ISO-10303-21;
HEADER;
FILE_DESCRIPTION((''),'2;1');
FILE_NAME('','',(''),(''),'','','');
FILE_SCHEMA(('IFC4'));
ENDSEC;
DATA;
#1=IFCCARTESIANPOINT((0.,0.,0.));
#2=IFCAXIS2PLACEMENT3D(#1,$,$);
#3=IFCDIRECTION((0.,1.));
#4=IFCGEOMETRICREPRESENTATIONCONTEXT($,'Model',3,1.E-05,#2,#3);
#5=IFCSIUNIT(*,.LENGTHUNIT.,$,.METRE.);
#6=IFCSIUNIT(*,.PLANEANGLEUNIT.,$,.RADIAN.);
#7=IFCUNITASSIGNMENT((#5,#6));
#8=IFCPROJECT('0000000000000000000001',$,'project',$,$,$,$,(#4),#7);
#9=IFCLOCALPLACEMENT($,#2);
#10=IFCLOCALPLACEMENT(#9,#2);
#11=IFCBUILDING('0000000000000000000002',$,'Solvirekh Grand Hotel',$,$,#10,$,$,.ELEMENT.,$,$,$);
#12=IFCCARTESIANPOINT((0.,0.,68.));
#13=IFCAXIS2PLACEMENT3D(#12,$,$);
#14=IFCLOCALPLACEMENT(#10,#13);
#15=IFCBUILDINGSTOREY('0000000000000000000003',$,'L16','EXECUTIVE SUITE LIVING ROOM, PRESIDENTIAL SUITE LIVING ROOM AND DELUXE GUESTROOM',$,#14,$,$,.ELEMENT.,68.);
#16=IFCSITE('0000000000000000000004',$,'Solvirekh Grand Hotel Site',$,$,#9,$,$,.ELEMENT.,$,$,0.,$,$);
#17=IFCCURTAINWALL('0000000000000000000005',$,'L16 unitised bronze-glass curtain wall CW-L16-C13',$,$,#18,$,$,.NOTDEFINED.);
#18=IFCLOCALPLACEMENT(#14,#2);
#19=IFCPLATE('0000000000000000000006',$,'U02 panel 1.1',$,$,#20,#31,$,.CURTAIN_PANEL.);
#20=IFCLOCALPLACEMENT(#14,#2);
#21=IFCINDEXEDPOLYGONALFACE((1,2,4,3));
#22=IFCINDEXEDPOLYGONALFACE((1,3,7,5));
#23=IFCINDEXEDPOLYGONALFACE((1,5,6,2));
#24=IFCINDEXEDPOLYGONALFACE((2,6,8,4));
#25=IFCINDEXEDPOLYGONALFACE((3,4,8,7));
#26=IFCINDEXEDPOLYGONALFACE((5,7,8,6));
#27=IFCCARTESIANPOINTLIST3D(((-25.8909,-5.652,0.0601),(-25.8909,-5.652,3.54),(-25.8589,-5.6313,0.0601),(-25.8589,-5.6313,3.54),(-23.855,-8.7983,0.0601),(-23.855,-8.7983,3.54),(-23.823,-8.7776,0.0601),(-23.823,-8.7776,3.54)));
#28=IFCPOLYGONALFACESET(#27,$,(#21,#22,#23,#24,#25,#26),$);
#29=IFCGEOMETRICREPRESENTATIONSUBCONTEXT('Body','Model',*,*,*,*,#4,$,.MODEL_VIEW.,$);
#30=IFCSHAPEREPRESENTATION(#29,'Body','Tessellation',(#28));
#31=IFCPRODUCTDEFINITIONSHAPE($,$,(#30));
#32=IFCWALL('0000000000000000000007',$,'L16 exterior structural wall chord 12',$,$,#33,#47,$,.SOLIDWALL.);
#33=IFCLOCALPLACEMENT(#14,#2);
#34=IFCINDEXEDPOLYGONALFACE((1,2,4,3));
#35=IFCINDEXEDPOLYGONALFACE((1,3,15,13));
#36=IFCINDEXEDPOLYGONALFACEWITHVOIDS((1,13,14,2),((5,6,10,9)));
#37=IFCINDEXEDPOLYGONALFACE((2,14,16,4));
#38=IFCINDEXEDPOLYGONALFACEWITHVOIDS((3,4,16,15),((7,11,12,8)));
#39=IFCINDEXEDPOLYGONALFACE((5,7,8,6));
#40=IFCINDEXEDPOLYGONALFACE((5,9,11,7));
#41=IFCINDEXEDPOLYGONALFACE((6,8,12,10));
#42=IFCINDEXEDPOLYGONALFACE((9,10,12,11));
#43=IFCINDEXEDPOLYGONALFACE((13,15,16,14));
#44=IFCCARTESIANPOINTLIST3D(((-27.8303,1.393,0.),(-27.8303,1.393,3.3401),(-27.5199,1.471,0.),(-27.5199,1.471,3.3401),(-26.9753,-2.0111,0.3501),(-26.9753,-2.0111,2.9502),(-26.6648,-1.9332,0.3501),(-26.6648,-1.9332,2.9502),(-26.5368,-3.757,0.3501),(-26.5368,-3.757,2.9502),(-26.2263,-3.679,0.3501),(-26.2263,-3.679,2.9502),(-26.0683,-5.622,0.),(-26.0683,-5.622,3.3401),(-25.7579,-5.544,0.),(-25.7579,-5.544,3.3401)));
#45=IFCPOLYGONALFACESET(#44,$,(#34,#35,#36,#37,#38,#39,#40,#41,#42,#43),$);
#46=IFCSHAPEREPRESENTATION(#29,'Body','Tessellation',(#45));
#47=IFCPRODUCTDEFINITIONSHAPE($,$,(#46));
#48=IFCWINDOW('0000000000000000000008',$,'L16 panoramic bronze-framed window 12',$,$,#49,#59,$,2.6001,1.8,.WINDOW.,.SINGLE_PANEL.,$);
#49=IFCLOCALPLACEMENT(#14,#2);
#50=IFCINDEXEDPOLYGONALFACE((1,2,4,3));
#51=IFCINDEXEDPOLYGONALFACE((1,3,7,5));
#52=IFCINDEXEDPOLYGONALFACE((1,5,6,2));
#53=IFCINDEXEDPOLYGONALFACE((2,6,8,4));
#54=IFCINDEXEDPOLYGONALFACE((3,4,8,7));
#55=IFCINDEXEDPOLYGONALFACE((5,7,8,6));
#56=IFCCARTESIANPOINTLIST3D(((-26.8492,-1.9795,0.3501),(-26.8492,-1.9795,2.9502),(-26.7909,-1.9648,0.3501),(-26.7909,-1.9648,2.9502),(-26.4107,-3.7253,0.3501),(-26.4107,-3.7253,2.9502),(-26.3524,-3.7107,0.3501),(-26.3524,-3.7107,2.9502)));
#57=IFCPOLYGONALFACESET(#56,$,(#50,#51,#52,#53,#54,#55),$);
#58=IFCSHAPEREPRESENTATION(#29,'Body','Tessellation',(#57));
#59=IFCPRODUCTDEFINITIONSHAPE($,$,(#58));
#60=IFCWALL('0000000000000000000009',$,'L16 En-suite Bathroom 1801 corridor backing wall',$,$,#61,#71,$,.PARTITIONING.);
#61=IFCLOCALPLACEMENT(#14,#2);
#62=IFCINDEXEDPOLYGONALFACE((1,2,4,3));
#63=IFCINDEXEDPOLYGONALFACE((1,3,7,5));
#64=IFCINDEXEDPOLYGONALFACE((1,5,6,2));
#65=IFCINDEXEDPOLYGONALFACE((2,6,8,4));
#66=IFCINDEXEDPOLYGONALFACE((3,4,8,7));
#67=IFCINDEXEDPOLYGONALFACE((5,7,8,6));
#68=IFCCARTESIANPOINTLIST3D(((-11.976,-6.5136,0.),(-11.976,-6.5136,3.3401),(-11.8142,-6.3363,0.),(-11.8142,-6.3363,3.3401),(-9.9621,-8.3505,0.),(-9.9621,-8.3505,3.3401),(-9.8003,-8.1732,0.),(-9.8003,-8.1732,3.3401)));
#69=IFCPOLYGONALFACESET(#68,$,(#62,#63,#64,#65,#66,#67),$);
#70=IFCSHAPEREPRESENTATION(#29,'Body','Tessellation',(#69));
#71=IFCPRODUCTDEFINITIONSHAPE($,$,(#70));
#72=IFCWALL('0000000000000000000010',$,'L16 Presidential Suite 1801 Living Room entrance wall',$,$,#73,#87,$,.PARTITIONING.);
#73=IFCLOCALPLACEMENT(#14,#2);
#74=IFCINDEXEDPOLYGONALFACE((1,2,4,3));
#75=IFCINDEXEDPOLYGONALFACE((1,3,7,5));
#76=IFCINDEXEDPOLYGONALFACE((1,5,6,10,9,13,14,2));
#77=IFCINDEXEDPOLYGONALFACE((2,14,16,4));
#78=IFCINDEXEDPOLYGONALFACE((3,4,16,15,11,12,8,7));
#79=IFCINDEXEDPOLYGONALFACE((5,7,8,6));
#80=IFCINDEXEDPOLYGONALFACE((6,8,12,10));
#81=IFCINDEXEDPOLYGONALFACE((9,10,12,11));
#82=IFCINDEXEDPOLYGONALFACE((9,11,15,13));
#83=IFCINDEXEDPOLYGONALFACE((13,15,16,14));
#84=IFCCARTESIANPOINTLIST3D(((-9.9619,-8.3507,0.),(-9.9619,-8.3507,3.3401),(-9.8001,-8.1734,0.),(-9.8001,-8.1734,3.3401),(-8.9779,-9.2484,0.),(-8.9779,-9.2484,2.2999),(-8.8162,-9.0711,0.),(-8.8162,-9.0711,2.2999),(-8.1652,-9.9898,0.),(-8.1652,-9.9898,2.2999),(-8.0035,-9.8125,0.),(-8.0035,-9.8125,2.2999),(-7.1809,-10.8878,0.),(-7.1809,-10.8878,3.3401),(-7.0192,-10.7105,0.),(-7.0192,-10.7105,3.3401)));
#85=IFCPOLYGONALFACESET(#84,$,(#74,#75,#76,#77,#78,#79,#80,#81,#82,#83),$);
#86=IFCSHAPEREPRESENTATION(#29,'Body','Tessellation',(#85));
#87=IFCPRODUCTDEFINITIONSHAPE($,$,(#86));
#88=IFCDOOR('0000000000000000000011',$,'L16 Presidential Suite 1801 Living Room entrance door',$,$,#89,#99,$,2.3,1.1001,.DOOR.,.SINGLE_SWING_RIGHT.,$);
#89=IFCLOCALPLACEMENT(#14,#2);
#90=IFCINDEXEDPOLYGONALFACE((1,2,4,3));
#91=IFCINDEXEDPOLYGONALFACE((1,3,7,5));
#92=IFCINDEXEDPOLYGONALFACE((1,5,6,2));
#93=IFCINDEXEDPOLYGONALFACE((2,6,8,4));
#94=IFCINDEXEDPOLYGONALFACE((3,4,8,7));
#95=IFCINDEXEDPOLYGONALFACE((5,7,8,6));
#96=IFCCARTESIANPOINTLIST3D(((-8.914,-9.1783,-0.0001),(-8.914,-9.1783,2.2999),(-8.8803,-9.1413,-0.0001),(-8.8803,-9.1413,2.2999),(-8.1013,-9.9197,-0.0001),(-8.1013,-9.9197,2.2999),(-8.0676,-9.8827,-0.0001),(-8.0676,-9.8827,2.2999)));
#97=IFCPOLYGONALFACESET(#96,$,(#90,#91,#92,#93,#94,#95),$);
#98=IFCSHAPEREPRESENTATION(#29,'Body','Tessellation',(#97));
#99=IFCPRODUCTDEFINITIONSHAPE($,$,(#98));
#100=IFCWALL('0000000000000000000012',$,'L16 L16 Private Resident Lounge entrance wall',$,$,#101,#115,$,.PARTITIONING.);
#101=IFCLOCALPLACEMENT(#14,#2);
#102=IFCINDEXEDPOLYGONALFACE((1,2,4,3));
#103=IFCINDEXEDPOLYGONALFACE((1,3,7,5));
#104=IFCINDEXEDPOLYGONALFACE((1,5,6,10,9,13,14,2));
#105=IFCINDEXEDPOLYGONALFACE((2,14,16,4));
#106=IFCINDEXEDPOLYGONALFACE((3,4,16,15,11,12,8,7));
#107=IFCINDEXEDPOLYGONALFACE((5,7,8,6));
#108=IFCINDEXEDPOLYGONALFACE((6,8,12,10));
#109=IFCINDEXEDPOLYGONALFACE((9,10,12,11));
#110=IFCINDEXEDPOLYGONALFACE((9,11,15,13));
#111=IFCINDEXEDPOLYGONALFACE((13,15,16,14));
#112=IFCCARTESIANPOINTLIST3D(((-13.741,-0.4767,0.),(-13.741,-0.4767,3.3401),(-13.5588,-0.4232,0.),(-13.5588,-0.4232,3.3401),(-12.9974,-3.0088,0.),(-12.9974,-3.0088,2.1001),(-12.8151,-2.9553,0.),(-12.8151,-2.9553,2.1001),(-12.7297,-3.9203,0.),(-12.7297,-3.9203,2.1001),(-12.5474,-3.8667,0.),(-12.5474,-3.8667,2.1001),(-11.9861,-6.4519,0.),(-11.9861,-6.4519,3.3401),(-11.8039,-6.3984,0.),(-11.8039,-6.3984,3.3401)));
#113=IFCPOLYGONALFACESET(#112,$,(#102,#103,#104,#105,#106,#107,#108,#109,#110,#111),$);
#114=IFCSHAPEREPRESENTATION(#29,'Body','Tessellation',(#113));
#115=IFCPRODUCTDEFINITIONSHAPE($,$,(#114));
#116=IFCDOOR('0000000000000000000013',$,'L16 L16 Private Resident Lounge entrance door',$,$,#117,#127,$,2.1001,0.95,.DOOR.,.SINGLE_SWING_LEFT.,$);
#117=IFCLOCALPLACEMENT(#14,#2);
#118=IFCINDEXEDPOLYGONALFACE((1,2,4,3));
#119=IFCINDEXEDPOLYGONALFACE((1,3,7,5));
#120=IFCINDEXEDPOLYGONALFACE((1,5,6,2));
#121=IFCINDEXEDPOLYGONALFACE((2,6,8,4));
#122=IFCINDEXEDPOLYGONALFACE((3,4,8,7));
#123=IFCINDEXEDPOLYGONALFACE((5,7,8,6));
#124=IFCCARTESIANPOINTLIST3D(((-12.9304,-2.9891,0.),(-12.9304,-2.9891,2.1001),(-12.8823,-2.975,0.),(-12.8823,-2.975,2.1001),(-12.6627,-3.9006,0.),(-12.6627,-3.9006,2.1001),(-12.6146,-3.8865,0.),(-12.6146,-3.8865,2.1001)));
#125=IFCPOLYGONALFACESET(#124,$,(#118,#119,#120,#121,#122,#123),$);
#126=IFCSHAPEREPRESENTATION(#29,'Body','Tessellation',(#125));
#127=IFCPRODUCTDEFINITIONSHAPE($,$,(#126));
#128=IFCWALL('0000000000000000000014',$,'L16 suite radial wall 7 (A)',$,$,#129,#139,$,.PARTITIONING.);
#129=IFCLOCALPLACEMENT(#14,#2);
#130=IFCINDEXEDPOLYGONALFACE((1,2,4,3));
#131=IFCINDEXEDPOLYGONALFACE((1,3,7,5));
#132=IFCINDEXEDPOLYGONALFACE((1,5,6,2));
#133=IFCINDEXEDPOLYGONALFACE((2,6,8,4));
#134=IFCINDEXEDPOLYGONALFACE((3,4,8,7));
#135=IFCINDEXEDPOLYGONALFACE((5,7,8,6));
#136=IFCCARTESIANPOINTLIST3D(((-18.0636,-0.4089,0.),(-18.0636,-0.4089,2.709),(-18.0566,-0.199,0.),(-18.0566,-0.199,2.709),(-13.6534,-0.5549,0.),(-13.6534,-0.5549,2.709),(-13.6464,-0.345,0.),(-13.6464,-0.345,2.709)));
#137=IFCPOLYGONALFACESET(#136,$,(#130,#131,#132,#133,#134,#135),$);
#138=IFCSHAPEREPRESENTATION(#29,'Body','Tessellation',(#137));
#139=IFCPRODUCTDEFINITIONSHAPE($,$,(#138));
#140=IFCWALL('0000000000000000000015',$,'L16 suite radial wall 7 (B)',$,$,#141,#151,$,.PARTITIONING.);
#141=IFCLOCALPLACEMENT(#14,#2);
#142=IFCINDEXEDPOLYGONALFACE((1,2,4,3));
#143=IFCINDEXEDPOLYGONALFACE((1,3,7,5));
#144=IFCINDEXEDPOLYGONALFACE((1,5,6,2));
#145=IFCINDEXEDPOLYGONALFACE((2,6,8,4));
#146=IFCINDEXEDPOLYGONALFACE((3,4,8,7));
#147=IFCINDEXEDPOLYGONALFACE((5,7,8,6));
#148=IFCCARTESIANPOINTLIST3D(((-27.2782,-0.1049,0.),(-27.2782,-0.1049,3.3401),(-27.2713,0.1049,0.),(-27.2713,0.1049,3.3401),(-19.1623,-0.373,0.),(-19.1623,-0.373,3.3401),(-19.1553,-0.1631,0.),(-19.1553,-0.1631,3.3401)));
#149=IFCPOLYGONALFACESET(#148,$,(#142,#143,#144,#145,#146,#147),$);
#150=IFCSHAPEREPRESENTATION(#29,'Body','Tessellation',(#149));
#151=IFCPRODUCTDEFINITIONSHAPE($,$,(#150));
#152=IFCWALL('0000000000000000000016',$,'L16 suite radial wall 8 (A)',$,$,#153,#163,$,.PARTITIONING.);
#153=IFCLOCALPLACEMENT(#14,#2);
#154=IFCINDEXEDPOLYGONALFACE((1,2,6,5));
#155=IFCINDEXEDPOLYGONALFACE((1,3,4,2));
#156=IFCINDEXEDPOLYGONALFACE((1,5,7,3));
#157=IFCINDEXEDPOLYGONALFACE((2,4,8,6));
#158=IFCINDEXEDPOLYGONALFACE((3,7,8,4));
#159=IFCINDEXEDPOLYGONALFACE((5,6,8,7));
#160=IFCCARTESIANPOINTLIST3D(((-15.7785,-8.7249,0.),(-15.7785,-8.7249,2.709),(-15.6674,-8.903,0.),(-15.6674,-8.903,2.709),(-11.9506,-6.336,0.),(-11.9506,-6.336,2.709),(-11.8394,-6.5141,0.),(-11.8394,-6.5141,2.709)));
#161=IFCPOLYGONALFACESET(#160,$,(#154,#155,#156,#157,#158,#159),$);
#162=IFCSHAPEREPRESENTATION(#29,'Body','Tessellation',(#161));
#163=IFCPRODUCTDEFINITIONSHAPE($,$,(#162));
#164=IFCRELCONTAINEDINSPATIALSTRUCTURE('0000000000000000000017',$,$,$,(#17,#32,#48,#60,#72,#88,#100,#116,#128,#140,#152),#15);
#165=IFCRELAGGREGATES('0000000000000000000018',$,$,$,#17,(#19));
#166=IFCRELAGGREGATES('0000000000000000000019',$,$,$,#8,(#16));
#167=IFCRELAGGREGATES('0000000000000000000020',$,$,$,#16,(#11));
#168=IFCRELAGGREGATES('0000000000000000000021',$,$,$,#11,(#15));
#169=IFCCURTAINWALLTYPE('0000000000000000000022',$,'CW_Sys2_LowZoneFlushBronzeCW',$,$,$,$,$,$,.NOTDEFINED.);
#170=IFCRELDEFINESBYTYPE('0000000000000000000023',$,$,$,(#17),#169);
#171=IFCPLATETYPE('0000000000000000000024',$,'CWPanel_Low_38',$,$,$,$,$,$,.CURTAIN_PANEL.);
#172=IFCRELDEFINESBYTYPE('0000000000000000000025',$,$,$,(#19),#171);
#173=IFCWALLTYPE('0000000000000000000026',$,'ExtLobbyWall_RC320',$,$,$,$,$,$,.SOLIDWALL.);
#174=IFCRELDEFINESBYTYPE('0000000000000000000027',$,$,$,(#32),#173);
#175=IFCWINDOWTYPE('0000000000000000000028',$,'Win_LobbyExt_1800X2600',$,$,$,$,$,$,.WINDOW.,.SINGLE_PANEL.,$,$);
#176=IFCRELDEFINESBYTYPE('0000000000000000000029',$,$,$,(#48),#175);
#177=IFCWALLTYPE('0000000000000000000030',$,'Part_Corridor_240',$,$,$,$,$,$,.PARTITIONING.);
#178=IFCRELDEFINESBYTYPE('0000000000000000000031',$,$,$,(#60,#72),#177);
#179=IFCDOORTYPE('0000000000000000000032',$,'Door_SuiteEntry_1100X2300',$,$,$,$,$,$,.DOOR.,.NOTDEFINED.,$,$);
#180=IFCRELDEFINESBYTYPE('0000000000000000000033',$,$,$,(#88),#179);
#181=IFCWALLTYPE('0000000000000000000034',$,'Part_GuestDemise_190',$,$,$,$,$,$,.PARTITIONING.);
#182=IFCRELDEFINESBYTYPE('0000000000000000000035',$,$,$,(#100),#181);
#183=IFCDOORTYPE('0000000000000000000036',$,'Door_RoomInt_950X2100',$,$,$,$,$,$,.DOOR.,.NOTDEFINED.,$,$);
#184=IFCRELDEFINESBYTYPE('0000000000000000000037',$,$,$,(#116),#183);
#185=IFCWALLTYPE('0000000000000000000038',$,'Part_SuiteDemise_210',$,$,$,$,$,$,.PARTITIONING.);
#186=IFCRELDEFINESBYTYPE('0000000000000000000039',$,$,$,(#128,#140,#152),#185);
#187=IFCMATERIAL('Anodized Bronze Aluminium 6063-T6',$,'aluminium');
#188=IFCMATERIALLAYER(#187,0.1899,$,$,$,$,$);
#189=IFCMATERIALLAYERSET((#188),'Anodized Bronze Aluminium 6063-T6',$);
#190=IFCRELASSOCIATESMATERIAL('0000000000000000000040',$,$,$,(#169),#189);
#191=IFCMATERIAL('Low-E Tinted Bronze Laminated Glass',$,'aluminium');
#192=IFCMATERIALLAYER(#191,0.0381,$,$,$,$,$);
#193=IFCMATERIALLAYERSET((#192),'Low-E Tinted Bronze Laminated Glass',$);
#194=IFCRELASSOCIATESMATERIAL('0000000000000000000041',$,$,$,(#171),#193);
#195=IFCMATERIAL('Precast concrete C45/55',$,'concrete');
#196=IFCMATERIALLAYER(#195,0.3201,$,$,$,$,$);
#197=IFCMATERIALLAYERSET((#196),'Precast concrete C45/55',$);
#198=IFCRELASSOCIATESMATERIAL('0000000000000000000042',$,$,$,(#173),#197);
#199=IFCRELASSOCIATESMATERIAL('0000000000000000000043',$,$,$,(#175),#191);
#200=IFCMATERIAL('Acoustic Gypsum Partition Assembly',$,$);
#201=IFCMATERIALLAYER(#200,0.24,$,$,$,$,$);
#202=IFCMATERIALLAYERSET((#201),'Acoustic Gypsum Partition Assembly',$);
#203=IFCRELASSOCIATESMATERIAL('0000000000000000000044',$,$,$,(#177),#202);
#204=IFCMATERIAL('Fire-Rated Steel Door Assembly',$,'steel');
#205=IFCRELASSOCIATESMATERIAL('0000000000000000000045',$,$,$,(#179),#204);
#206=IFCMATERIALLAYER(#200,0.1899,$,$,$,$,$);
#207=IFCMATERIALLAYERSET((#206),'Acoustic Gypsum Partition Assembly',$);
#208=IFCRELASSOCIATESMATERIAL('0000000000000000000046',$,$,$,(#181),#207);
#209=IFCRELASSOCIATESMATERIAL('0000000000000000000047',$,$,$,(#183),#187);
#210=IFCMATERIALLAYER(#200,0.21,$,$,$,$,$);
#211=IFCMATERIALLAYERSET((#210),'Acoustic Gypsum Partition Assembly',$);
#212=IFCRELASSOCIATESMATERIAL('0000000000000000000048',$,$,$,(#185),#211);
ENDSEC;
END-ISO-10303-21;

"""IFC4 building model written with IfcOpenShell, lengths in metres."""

from ifc_helpers import new_model, si_unit, direction, frame, frame_2d, origin, origin_2d, place, context, subcontext, project, spatial, rectangle, extrude, source, transform, mapped, material, layer, layer_set, type_object, element, fill, aggregate, save


model = new_model("IFC4")

# Units and contexts
model_context = context("Model", 3, precision=1e-05, world=origin(), true_north=direction((0.0, 1.0)))
body_context = subcontext(model_context, "Body", "Model", "MODEL_VIEW")
ifc_project = project(units=[si_unit("LENGTHUNIT", "METRE"), si_unit("PLANEANGLEUNIT", "RADIAN")], contexts=[model_context])

# Site, building, storey
site_placement = place(None, origin())
site = spatial("IfcSite", under=ifc_project, at=site_placement, Name="Solvirekh Grand Hotel Site", CompositionType="ELEMENT", RefElevation=0.0)
building_placement = place(site_placement, origin())
building = spatial("IfcBuilding", under=site, at=building_placement, Name="Solvirekh Grand Hotel", CompositionType="ELEMENT")
storey_placement = place(building_placement, frame((0.0, 0.0, 68.0)))
storey = spatial("IfcBuildingStorey", under=building, at=storey_placement, Name="L16", Description="EXECUTIVE SUITE LIVING ROOM, PRESIDENTIAL SUITE LIVING ROOM AND DELUXE GUESTROOM", CompositionType="ELEMENT", Elevation=68.0)

# Curtain wall, plate
ifc_material_1 = material(Name="Anodized Bronze Aluminium 6063-T6", Category="aluminium")
ifc_layer_1 = layer(ifc_material_1, 0.1899)
ifc_layer_set_1 = layer_set([ifc_layer_1], Name="Anodized Bronze Aluminium 6063-T6")
curtain_wall_type = type_object("IfcCurtainWallType", Name="CW_Sys2_LowZoneFlushBronzeCW", PredefinedType="NOTDEFINED", material=ifc_layer_set_1)
curtain_wall_placement = place(storey_placement, origin())
curtain_wall = element("IfcCurtainWall", 1, at=curtain_wall_placement, inside=storey, type_object=curtain_wall_type, Name="L16 unitised bronze-glass curtain wall CW-L16-C13", PredefinedType="NOTDEFINED")
ifc_material_2 = material(Name="Low-E Tinted Bronze Laminated Glass", Category="aluminium")
ifc_layer_2 = layer(ifc_material_2, 0.0381)
ifc_layer_set_2 = layer_set([ifc_layer_2], Name="Low-E Tinted Bronze Laminated Glass")
plate_type = type_object("IfcPlateType", Name="CWPanel_Low_38", PredefinedType="CURTAIN_PANEL", material=ifc_layer_set_2)
shared_shape_1 = source(origin(), body_context, "Body", "SweptSolid", [
    extrude(rectangle(XDim=3.7476, YDim=0.0381, at=origin_2d()), origin(), (0.0, 0.0, 1.0), 3.48),
])
plate_placement = place(storey_placement, frame((-24.8569, -7.2148, 0.0601), z_axis=(0.0, 0.0, 1.0), x_axis=(0.543267, -0.83956, 0.0)))
plate = element("IfcPlate", 2, at=plate_placement, type_object=plate_type, Name="U02 panel 1.1", PredefinedType="CURTAIN_PANEL", context=body_context, shape_type="MappedRepresentation", body=[
    mapped(shared_shape_1, transform((0.0, 0.0, 0.0), x_axis=(1.0, 0.0, 0.0), y_axis=(0.0, 1.0, 0.0), z_axis=(0.0, 0.0, 1.0), scale=1.0)),
])
aggregate(curtain_wall, [plate])

# Wall, opening, window
ifc_material_3 = material(Name="Precast concrete C45/55", Category="concrete")
ifc_layer_3 = layer(ifc_material_3, 0.3201)
ifc_layer_set_3 = layer_set([ifc_layer_3], Name="Precast concrete C45/55")
wall_type_1 = type_object("IfcWallType", Name="ExtLobbyWall_RC320", PredefinedType="SOLIDWALL", material=ifc_layer_set_3)
wall_1_placement = place(storey_placement, frame((-25.9131, -5.583, 0.0), z_axis=(0.0, 0.0, 1.0), x_axis=(-0.243608, 0.969874, 0.0)))
wall_1 = element("IfcWall", 3, at=wall_1_placement, inside=storey, type_object=wall_type_1, Name="L16 exterior structural wall chord 12", PredefinedType="SOLIDWALL", context=body_context, shape_type="SweptSolid", body=[
    extrude(rectangle(XDim=7.2329, YDim=0.3201, at=frame_2d((3.6165, 0.0))), origin(), (0.0, 0.0, 1.0), 3.3401),
])
opening_1_placement = place(wall_1_placement, frame((1.9231, 0.0, 0.3501)))
opening_1 = element("IfcOpeningElement", 4, at=opening_1_placement, cuts=wall_1, PredefinedType="OPENING", context=body_context, shape_type="SweptSolid", body=[
    extrude(rectangle(XDim=1.8, YDim=2.6001, at=frame_2d((0.8999, 1.3))), frame((0.0, 0.1699, 0.0), z_axis=(0.0, -1.0, 0.0), x_axis=(1.0, 0.0, 0.0)), (0.0, 0.0, 1.0), 0.3401),
])
window_type = type_object("IfcWindowType", Name="Win_LobbyExt_1800X2600", PartitioningType="SINGLE_PANEL", PredefinedType="WINDOW", material=ifc_material_2)
window_placement = place(opening_1_placement, origin())
window = element("IfcWindow", 5, at=window_placement, inside=storey, type_object=window_type, Name="L16 panoramic bronze-framed window 12", OverallHeight=2.6001, OverallWidth=1.8, PartitioningType="SINGLE_PANEL", PredefinedType="WINDOW", context=body_context, shape_type="SweptSolid", body=[
    extrude(rectangle(XDim=1.8, YDim=2.6001, at=frame_2d((0.8999, 1.3))), frame((0.0, 0.03, 0.0), z_axis=(0.0, -1.0, 0.0), x_axis=(1.0, 0.0, 0.0)), (0.0, 0.0, 1.0), 0.0601),
])
fill(opening_1, window)

# Wall
ifc_material_4 = material(Name="Acoustic Gypsum Partition Assembly")
ifc_layer_4 = layer(ifc_material_4, 0.24)
ifc_layer_set_4 = layer_set([ifc_layer_4], Name="Acoustic Gypsum Partition Assembly")
wall_type_2 = type_object("IfcWallType", Name="Part_Corridor_240", PredefinedType="PARTITIONING", material=ifc_layer_set_4)
wall_2_placement = place(storey_placement, frame((-11.895, -6.425, 0.0), z_axis=(0.0, 0.0, 1.0), x_axis=(0.738829, -0.673893, 0.0)))
element("IfcWall", 6, at=wall_2_placement, inside=storey, type_object=wall_type_2, Name="L16 En-suite Bathroom 1801 corridor backing wall", PredefinedType="PARTITIONING", context=body_context, shape_type="SweptSolid", body=[
    extrude(rectangle(XDim=2.7258, YDim=0.24, at=frame_2d((1.3628, 0.0))), origin(), (0.0, 0.0, 1.0), 3.3401),
])

# Walls, openings, doors
wall_3_placement = place(storey_placement, frame((-9.8811, -8.262, 0.0), z_axis=(0.0, 0.0, 1.0), x_axis=(0.738759, -0.673969, 0.0)))
wall_3 = element("IfcWall", 7, at=wall_3_placement, inside=storey, type_object=wall_type_2, Name="L16 Presidential Suite 1801 Living Room entrance wall", PredefinedType="PARTITIONING", context=body_context, shape_type="SweptSolid", body=[
    extrude(rectangle(XDim=3.7644, YDim=0.24, at=frame_2d((1.8823, 0.0))), origin(), (0.0, 0.0, 1.0), 3.3401),
])
opening_2_placement = place(wall_3_placement, frame((1.332, 0.0, 0.0)))
opening_2 = element("IfcOpeningElement", 8, at=opening_2_placement, cuts=wall_3, PredefinedType="OPENING", context=body_context, shape_type="SweptSolid", body=[
    extrude(rectangle(XDim=1.1001, YDim=2.3, at=frame_2d((0.55, 1.1499))), frame((0.0, 0.1299, 0.0), z_axis=(0.0, -1.0, 0.0), x_axis=(1.0, 0.0, 0.0)), (0.0, 0.0, 1.0), 0.26),
])
ifc_material_5 = material(Name="Fire-Rated Steel Door Assembly", Category="steel")
door_type_1 = type_object("IfcDoorType", Name="Door_SuiteEntry_1100X2300", OperationType="NOTDEFINED", PredefinedType="DOOR", material=ifc_material_5)
door_1_placement = place(opening_2_placement, origin())
door_1 = element("IfcDoor", 9, at=door_1_placement, inside=storey, type_object=door_type_1, Name="L16 Presidential Suite 1801 Living Room entrance door", OperationType="SINGLE_SWING_RIGHT", OverallHeight=2.3, OverallWidth=1.1001, PredefinedType="DOOR", context=body_context, shape_type="SweptSolid", body=[
    extrude(rectangle(XDim=1.1001, YDim=2.3, at=frame_2d((0.55, 1.1499))), frame((0.0, 0.0249, 0.0), z_axis=(0.0, -1.0, 0.0), x_axis=(1.0, 0.0, 0.0)), (0.0, 0.0, 1.0), 0.05),
])
fill(opening_2, door_1)
ifc_layer_5 = layer(ifc_material_4, 0.1899)
ifc_layer_set_5 = layer_set([ifc_layer_5], Name="Acoustic Gypsum Partition Assembly")
wall_type_3 = type_object("IfcWallType", Name="Part_GuestDemise_190", PredefinedType="PARTITIONING", material=ifc_layer_set_5)
wall_4_placement = place(storey_placement, frame((-13.6499, -0.45, 0.0), z_axis=(0.0, 0.0, 1.0), x_axis=(0.281797, -0.959474, 0.0)))
wall_4 = element("IfcWall", 10, at=wall_4_placement, inside=storey, type_object=wall_type_3, Name="L16 L16 Private Resident Lounge entrance wall", PredefinedType="PARTITIONING", context=body_context, shape_type="SweptSolid", body=[
    extrude(rectangle(XDim=6.2275, YDim=0.1899, at=frame_2d((3.1138, 0.0))), origin(), (0.0, 0.0, 1.0), 3.3401),
])
opening_3_placement = place(wall_4_placement, frame((2.6389, 0.0, 0.0)))
opening_3 = element("IfcOpeningElement", 11, at=opening_3_placement, cuts=wall_4, PredefinedType="OPENING", context=body_context, shape_type="SweptSolid", body=[
    extrude(rectangle(XDim=0.95, YDim=2.1001, at=frame_2d((0.4751, 1.05))), frame((0.0, 0.105, 0.0), z_axis=(0.0, -1.0, 0.0), x_axis=(1.0, 0.0, 0.0)), (0.0, 0.0, 1.0), 0.21),
])
door_type_2 = type_object("IfcDoorType", Name="Door_RoomInt_950X2100", OperationType="NOTDEFINED", PredefinedType="DOOR", material=ifc_material_1)
door_2_placement = place(opening_3_placement, origin())
door_2 = element("IfcDoor", 12, at=door_2_placement, inside=storey, type_object=door_type_2, Name="L16 L16 Private Resident Lounge entrance door", OperationType="SINGLE_SWING_LEFT", OverallHeight=2.1001, OverallWidth=0.95, PredefinedType="DOOR", context=body_context, shape_type="SweptSolid", body=[
    extrude(rectangle(XDim=0.95, YDim=2.1001, at=frame_2d((0.4751, 1.05))), frame((0.0, 0.0249, 0.0), z_axis=(0.0, -1.0, 0.0), x_axis=(1.0, 0.0, 0.0)), (0.0, 0.0, 1.0), 0.05),
])
fill(opening_3, door_2)

# Walls
ifc_layer_6 = layer(ifc_material_4, 0.21)
ifc_layer_set_6 = layer_set([ifc_layer_6], Name="Acoustic Gypsum Partition Assembly")
wall_type_4 = type_object("IfcWallType", Name="Part_SuiteDemise_210", PredefinedType="PARTITIONING", material=ifc_layer_set_6)
wall_5_placement = place(storey_placement, frame((-13.6499, -0.45, 0.0), z_axis=(0.0, 0.0, 1.0), x_axis=(-0.999452, 0.033086, 0.0)))
element("IfcWall", 13, at=wall_5_placement, inside=storey, type_object=wall_type_4, Name="L16 suite radial wall 7 (A)", PredefinedType="PARTITIONING", context=body_context, shape_type="SweptSolid", body=[
    extrude(rectangle(XDim=4.4126, YDim=0.21, at=frame_2d((2.2063, 0.0))), origin(), (0.0, 0.0, 1.0), 2.709),
])
wall_6_placement = place(storey_placement, frame((-19.1589, -0.2681, 0.0), z_axis=(0.0, 0.0, 1.0), x_axis=(-0.999455, 0.033012, 0.0)))
element("IfcWall", 14, at=wall_6_placement, inside=storey, type_object=wall_type_4, Name="L16 suite radial wall 7 (B)", PredefinedType="PARTITIONING", context=body_context, shape_type="SweptSolid", body=[
    extrude(rectangle(XDim=8.1204, YDim=0.21, at=frame_2d((4.0601, 0.0))), origin(), (0.0, 0.0, 1.0), 3.3401),
])
wall_7_placement = place(storey_placement, frame((-11.895, -6.425, 0.0), z_axis=(0.0, 0.0, 1.0), x_axis=(-0.848348, -0.52944, 0.0)))
element("IfcWall", 15, at=wall_7_placement, inside=storey, type_object=wall_type_4, Name="L16 suite radial wall 8 (A)", PredefinedType="PARTITIONING", context=body_context, shape_type="SweptSolid", body=[
    extrude(rectangle(XDim=4.5122, YDim=0.21, at=frame_2d((2.2561, 0.0))), origin(), (0.0, 0.0, 1.0), 2.709),
])

save(model, "model.ifc")
